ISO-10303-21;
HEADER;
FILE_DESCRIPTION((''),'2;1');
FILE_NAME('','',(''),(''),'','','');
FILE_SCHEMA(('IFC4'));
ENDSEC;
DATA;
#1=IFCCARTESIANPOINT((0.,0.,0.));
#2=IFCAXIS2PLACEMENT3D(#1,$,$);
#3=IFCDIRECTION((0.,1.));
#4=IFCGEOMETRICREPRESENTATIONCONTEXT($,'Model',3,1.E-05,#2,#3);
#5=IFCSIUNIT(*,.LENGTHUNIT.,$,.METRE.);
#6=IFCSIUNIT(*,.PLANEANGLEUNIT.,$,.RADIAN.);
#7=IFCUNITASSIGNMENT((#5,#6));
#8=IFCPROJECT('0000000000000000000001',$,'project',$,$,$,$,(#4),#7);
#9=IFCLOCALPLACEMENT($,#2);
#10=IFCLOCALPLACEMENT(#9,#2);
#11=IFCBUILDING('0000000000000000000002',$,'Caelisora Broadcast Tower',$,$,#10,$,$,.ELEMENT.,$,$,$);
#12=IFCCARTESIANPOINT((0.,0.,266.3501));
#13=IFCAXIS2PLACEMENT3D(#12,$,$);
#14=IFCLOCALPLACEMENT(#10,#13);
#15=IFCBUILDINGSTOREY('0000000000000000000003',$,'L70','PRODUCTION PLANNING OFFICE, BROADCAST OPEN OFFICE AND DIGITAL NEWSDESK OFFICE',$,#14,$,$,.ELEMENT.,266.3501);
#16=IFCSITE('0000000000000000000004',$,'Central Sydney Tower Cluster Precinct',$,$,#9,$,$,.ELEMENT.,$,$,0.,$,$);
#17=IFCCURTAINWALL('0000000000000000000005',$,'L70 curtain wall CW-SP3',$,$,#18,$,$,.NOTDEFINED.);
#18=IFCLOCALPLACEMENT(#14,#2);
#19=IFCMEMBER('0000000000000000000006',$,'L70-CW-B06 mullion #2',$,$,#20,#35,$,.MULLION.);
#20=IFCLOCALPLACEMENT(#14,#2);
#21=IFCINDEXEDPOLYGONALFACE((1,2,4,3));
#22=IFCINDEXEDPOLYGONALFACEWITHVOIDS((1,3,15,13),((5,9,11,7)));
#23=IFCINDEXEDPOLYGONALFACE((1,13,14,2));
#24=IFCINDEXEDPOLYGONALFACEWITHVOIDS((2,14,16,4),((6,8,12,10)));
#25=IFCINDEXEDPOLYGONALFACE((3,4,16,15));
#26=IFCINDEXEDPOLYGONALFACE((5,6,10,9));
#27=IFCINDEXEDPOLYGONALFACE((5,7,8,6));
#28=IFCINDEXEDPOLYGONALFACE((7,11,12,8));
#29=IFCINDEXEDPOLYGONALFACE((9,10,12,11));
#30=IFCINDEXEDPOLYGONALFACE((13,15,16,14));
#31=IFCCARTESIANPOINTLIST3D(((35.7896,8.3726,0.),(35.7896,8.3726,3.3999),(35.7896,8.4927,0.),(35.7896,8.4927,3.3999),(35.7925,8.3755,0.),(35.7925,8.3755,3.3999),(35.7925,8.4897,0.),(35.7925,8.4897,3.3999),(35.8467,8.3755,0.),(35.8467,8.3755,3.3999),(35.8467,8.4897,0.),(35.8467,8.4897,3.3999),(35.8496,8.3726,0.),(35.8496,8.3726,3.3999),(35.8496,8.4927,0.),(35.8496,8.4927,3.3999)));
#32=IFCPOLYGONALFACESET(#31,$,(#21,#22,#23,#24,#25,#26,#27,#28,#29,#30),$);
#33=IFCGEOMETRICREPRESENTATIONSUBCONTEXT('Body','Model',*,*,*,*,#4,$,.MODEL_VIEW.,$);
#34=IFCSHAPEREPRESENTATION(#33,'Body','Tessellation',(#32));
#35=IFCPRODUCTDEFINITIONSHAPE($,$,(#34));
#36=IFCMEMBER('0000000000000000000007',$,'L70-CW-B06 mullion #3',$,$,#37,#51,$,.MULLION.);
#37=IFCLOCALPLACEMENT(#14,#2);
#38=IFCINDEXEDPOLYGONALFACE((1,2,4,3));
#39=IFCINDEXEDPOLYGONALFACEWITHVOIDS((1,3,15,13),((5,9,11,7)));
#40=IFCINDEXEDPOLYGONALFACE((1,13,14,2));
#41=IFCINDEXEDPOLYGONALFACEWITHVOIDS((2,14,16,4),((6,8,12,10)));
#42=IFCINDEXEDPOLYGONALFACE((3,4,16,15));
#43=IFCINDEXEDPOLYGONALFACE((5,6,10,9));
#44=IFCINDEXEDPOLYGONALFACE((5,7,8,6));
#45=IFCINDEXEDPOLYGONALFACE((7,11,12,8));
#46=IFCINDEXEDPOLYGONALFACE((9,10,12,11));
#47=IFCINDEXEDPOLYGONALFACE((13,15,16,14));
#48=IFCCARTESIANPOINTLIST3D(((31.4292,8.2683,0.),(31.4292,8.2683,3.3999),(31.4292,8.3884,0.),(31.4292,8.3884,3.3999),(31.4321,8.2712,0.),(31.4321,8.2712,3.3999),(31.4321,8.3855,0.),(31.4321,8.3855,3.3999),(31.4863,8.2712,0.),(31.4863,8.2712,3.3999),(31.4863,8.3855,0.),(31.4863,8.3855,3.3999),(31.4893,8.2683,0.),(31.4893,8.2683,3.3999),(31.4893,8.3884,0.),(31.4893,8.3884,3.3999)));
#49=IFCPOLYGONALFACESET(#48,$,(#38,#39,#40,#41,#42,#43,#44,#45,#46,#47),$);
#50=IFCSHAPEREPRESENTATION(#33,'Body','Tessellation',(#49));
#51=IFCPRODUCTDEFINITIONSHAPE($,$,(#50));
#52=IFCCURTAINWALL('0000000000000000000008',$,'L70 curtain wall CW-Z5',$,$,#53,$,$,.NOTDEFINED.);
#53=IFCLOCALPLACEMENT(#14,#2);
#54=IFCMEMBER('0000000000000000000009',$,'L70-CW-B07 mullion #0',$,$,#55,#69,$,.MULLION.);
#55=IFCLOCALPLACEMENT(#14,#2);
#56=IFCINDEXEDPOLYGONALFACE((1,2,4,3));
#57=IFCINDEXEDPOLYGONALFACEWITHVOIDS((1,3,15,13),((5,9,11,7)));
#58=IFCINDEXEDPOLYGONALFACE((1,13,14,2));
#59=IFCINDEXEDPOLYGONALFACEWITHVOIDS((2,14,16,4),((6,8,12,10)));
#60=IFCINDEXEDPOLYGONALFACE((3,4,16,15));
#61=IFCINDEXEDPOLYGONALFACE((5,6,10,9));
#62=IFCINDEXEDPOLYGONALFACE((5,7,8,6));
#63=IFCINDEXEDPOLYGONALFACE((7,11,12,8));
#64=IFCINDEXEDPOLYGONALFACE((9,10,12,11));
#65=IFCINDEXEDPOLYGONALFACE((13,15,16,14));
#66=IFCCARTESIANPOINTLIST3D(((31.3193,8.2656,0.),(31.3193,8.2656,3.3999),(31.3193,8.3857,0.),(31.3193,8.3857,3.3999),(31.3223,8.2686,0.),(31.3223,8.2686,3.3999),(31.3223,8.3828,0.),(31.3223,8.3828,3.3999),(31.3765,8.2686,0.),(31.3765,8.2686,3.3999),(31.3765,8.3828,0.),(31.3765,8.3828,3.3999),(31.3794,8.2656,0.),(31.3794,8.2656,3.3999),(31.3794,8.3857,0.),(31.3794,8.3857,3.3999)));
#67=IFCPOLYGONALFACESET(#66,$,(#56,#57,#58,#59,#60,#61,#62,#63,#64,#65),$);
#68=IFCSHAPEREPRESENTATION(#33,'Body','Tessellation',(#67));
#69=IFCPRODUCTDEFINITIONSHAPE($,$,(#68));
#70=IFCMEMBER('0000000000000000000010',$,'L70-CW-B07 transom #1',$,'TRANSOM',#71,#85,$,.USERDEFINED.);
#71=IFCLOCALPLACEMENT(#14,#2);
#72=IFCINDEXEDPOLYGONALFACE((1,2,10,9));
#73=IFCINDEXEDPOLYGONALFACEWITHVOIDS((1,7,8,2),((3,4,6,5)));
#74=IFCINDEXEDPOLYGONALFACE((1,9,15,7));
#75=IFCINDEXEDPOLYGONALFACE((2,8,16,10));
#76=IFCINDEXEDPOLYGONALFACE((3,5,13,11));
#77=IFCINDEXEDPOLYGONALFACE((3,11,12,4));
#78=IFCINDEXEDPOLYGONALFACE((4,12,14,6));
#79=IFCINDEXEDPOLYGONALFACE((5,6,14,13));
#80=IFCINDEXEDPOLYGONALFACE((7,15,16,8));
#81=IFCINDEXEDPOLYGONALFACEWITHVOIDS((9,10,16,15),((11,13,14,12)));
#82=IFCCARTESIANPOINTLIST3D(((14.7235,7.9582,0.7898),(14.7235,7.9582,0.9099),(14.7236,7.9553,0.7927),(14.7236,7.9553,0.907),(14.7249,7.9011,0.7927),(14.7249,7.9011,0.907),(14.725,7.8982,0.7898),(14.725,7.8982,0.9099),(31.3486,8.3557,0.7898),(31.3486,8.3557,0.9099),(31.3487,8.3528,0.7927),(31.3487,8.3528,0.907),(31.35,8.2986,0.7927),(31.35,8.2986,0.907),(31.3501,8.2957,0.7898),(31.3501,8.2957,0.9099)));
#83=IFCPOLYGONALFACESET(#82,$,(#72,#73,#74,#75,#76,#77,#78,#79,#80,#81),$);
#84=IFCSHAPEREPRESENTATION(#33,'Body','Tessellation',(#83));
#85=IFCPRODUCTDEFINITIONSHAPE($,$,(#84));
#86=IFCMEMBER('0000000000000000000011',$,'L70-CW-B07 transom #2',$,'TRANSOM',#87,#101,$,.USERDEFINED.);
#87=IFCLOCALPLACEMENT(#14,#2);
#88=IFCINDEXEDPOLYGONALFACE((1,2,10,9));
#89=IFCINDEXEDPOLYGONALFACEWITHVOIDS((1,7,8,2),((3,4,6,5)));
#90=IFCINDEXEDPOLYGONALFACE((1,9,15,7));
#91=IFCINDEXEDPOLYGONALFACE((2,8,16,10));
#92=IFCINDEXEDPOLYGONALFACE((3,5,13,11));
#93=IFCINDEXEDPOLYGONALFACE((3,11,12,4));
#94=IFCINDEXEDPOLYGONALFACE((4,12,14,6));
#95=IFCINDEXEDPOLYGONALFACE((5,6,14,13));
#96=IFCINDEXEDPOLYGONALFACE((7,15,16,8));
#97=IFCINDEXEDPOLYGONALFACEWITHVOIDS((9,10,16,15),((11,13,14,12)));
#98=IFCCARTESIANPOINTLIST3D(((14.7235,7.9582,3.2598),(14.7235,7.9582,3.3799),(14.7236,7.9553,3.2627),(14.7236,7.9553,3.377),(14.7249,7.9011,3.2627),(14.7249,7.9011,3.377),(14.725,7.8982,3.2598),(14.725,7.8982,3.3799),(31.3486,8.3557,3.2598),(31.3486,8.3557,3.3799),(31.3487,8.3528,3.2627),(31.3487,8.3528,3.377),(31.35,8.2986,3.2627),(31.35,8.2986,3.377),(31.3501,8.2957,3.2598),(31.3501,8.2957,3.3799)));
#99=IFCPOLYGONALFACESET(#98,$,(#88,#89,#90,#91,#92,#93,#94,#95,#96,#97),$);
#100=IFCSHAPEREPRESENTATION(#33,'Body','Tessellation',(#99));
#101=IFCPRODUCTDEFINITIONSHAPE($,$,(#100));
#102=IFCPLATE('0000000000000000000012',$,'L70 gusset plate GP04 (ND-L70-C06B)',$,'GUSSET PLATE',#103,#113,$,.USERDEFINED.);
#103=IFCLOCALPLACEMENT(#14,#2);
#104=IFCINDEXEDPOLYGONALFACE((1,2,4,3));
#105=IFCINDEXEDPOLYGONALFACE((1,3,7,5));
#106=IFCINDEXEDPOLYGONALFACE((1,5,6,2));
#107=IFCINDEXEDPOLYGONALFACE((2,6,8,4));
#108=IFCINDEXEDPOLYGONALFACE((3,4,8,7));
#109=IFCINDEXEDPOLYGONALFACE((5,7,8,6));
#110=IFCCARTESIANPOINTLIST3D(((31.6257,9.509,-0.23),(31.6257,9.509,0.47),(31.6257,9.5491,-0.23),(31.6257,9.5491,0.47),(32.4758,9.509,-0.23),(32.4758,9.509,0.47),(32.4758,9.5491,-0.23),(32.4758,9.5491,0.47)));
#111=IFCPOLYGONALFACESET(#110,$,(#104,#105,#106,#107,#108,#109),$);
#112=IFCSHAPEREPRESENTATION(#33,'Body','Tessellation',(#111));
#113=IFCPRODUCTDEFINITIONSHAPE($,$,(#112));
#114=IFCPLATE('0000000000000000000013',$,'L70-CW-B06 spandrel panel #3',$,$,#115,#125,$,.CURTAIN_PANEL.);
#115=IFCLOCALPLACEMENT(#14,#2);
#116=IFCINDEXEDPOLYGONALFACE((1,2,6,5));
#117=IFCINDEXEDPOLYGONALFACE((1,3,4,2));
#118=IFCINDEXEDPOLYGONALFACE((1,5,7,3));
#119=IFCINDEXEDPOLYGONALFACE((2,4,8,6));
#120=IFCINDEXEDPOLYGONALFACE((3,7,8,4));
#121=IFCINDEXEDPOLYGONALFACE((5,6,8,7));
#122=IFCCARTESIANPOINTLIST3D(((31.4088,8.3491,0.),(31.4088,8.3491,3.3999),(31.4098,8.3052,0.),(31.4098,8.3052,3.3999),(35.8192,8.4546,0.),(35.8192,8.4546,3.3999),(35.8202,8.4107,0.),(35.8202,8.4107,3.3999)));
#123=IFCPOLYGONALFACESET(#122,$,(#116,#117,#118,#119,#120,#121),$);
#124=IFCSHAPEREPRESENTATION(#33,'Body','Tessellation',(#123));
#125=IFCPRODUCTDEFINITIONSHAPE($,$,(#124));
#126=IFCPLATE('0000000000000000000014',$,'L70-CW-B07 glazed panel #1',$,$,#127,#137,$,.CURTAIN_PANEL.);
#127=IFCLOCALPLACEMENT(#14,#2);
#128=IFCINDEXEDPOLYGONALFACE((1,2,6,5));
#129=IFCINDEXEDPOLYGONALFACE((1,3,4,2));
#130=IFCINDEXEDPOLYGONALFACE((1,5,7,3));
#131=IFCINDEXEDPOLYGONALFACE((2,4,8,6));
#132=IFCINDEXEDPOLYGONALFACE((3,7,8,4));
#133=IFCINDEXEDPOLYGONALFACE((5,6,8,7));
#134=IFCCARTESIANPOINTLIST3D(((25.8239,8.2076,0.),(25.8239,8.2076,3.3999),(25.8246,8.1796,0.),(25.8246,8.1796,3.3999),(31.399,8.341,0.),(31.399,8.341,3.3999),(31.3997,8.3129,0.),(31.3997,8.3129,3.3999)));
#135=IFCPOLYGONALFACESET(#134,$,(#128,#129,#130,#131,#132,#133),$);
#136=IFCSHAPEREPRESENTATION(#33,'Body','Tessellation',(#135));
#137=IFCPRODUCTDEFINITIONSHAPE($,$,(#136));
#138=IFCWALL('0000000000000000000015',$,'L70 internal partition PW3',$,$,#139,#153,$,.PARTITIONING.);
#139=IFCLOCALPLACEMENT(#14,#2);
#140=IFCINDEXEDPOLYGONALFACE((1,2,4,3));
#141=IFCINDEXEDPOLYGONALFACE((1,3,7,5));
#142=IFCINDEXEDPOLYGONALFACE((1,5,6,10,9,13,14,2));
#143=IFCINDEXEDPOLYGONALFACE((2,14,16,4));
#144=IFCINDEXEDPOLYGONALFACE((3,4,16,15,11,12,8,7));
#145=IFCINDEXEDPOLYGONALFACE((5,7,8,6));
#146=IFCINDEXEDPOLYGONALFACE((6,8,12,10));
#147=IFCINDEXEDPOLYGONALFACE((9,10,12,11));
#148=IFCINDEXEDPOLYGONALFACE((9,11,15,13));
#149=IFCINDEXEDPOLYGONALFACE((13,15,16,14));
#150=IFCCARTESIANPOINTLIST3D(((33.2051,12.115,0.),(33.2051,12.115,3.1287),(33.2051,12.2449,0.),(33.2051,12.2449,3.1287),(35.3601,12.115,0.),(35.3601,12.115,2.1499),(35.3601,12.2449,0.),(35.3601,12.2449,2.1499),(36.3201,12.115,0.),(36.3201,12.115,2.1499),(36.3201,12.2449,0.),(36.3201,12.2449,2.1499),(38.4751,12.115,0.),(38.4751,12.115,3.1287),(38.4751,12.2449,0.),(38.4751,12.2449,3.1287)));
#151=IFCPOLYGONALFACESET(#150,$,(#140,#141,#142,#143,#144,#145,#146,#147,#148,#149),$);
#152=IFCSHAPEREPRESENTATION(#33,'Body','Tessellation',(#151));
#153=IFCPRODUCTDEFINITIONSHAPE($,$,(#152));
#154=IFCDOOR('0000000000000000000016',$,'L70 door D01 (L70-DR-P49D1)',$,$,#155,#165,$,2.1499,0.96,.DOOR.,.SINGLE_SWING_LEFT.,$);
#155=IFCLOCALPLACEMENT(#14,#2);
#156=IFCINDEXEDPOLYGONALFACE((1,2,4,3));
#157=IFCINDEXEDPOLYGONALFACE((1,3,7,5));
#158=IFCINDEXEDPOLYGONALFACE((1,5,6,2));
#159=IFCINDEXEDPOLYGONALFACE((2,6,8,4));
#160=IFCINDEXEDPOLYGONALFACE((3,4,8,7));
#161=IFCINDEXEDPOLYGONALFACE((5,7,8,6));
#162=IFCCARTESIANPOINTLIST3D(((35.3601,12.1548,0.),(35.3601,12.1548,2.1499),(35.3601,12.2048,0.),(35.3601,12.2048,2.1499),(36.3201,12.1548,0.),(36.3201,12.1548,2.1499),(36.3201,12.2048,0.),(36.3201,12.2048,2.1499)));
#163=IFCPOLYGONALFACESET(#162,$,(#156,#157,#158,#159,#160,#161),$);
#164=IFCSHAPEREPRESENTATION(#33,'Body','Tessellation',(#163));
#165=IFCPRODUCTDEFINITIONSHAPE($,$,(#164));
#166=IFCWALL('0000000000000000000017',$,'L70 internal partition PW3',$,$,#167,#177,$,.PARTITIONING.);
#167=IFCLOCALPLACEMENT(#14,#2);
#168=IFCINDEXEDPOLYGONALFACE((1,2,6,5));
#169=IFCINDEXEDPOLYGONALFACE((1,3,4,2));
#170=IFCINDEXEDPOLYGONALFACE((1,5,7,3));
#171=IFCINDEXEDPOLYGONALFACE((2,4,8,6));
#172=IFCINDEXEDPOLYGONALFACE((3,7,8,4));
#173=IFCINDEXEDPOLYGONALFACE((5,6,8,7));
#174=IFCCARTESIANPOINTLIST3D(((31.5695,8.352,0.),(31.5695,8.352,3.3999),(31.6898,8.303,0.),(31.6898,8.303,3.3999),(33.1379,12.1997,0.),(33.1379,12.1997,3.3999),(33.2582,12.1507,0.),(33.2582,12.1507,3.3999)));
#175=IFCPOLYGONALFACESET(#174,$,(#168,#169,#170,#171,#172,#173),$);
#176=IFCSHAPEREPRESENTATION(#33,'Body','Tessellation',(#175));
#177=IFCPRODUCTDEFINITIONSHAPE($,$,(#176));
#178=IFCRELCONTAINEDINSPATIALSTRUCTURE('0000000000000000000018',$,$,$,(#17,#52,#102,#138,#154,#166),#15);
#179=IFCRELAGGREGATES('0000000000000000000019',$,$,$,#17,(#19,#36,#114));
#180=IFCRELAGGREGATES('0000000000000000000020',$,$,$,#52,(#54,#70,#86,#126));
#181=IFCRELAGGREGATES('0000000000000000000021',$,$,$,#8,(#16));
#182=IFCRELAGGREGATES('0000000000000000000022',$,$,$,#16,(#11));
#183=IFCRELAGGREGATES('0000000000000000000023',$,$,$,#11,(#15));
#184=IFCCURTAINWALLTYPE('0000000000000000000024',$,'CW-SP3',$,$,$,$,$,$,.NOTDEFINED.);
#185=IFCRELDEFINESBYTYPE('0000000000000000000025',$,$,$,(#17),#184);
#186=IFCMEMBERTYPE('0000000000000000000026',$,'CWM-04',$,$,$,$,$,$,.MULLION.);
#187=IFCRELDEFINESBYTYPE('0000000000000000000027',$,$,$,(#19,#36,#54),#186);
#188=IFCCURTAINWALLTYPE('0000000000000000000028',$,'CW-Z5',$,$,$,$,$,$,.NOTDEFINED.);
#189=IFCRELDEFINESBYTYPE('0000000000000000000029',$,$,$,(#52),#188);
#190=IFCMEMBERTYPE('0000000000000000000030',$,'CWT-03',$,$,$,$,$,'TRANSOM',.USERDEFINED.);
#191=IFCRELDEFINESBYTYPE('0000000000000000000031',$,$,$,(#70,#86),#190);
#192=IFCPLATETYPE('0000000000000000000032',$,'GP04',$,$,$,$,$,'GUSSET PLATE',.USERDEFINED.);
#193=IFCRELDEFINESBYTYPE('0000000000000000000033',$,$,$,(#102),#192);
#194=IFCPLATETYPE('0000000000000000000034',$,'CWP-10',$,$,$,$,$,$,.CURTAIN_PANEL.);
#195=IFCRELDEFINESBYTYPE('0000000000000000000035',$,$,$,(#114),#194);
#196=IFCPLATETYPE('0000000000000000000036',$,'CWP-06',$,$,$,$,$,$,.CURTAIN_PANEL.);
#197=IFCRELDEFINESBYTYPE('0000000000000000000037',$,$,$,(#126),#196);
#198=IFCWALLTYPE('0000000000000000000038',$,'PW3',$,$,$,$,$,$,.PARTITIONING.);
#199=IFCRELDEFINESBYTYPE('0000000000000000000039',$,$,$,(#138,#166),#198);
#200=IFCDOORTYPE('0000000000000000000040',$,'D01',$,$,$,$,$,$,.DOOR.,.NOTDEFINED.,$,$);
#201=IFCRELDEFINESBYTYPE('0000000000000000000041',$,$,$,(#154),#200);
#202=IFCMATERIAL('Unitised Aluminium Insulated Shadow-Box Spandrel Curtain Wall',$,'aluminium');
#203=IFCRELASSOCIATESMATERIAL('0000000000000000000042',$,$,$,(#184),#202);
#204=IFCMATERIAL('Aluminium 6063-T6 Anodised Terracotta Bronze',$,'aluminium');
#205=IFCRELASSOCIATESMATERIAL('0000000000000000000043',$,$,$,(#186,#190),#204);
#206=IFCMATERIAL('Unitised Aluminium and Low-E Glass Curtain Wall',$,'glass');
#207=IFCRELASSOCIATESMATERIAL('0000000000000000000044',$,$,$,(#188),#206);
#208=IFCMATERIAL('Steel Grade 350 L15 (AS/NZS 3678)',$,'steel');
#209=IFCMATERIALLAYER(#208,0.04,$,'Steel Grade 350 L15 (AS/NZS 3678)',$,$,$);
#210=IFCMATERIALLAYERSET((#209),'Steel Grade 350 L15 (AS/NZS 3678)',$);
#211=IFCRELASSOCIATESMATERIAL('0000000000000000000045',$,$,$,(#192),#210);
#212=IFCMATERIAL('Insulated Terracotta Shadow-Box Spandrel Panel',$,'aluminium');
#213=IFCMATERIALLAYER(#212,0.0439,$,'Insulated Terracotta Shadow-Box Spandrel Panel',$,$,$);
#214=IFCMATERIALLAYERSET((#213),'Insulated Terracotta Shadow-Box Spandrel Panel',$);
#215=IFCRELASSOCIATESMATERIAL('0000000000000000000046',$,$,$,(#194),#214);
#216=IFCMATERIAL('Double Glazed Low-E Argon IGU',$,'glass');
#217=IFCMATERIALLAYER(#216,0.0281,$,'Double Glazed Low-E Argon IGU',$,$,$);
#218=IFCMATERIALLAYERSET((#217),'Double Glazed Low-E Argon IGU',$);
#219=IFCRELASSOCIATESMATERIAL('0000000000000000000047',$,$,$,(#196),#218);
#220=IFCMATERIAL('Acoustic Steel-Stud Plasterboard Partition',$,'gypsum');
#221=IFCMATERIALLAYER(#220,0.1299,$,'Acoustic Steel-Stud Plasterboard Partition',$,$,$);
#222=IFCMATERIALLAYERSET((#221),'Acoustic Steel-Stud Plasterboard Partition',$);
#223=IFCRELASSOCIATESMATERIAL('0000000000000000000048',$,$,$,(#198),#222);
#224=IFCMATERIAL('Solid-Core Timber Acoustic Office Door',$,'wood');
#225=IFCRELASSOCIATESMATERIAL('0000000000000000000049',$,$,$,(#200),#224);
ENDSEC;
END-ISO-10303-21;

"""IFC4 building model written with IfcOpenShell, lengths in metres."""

from ifc_helpers import new_model, si_unit, direction, frame, frame_2d, origin, origin_2d, place, context, subcontext, project, spatial, rectangle, hollow_rectangle, extrude, source, transform, mapped, material, layer, layer_set, material_profile, profile_set, type_object, type_shapes, element, fill, aggregate, save


model = new_model("IFC4")

# Units and contexts
model_context = context("Model", 3, precision=1e-05, world=origin(), true_north=direction((0.0, 1.0)))
body_context = subcontext(model_context, "Body", "Model", "MODEL_VIEW")
ifc_project = project(units=[si_unit("LENGTHUNIT", "METRE"), si_unit("PLANEANGLEUNIT", "RADIAN")], contexts=[model_context])

# Site, building, storey
site_placement = place(None, origin())
site = spatial("IfcSite", under=ifc_project, at=site_placement, Name="Central Sydney Tower Cluster Precinct", CompositionType="ELEMENT", RefElevation=0.0)
building_placement = place(site_placement, origin())
building = spatial("IfcBuilding", under=site, at=building_placement, Name="Caelisora Broadcast Tower", CompositionType="ELEMENT")
storey_placement = place(building_placement, frame((0.0, 0.0, 266.3501)))
storey = spatial("IfcBuildingStorey", under=building, at=storey_placement, Name="L70", Description="PRODUCTION PLANNING OFFICE, BROADCAST OPEN OFFICE AND DIGITAL NEWSDESK OFFICE", CompositionType="ELEMENT", Elevation=266.3501)

# Shared definitions
ifc_material_1 = material(Name="Steel Grade 350 L15 (AS/NZS 3678)", Category="steel")

# Curtain walls, members
ifc_material_2 = material(Name="Unitised Aluminium Insulated Shadow-Box Spandrel Curtain Wall", Category="aluminium")
curtain_wall_type_1 = type_object("IfcCurtainWallType", Name="CW-SP3", PredefinedType="NOTDEFINED", material=ifc_material_2)
curtain_wall_1_placement = place(storey_placement, origin())
curtain_wall_1 = element("IfcCurtainWall", 1, at=curtain_wall_1_placement, inside=storey, type_object=curtain_wall_type_1, Name="L70 curtain wall CW-SP3", PredefinedType="NOTDEFINED")
ifc_material_3 = material(Name="Aluminium 6063-T6 Anodised Terracotta Bronze", Category="aluminium")
ifc_material_profile_1 = material_profile(ifc_material_3, hollow_rectangle(XDim=0.0601, YDim=0.1201, WallThickness=0.0029, at=origin_2d()), Name="Aluminium 6063-T6 Anodised Terracotta Bronze")
ifc_profile_set_1 = profile_set([ifc_material_profile_1], Name="Aluminium 6063-T6 Anodised Terracotta Bronze")
member_type_1 = type_object("IfcMemberType", Name="CWM-04", PredefinedType="MULLION", material=ifc_profile_set_1)
shared_shape_1 = source(origin(), body_context, "Body", "SweptSolid", [
    extrude(hollow_rectangle(XDim=0.0601, YDim=0.1201, WallThickness=0.0029, at=origin_2d()), origin(), (0.0, 0.0, 1.0), 3.3999),
])
type_shapes(member_type_1, [shared_shape_1])
member_1_placement = place(storey_placement, frame((35.8196, 8.4326, 0.0), z_axis=(0.0, 0.0, 1.0), x_axis=(1.0, 0.0, 0.0)))
member_1 = element("IfcMember", 2, at=member_1_placement, type_object=member_type_1, Name="L70-CW-B06 mullion #2", PredefinedType="MULLION", context=body_context, shape_type="MappedRepresentation", body=[
    mapped(shared_shape_1, transform((0.0, 0.0, 0.0), scale=1.0)),
])
member_2_placement = place(storey_placement, frame((31.4592, 8.3284, 0.0), z_axis=(0.0, 0.0, 1.0), x_axis=(1.0, 0.0, 0.0)))
member_2 = element("IfcMember", 3, at=member_2_placement, type_object=member_type_1, Name="L70-CW-B06 mullion #3", PredefinedType="MULLION", context=body_context, shape_type="MappedRepresentation", body=[
    mapped(shared_shape_1, transform((0.0, 0.0, 0.0), scale=1.0)),
])
ifc_material_4 = material(Name="Unitised Aluminium and Low-E Glass Curtain Wall", Category="glass")
curtain_wall_type_2 = type_object("IfcCurtainWallType", Name="CW-Z5", PredefinedType="NOTDEFINED", material=ifc_material_4)
curtain_wall_2_placement = place(storey_placement, origin())
curtain_wall_2 = element("IfcCurtainWall", 4, at=curtain_wall_2_placement, inside=storey, type_object=curtain_wall_type_2, Name="L70 curtain wall CW-Z5", PredefinedType="NOTDEFINED")
member_3_placement = place(storey_placement, frame((31.3494, 8.3257, 0.0), z_axis=(0.0, 0.0, 1.0), x_axis=(1.0, 0.0, 0.0)))
member_3 = element("IfcMember", 5, at=member_3_placement, type_object=member_type_1, Name="L70-CW-B07 mullion #0", PredefinedType="MULLION", context=body_context, shape_type="MappedRepresentation", body=[
    mapped(shared_shape_1, transform((0.0, 0.0, 0.0), scale=1.0)),
])
ifc_material_profile_2 = material_profile(ifc_material_3, hollow_rectangle(XDim=0.0601, YDim=0.1201, WallThickness=0.0029, at=origin_2d()), Name="Aluminium 6063-T6 Anodised Terracotta Bronze")
ifc_profile_set_2 = profile_set([ifc_material_profile_2], Name="Aluminium 6063-T6 Anodised Terracotta Bronze")
member_type_2 = type_object("IfcMemberType", Name="CWT-03", ElementType="TRANSOM", PredefinedType="USERDEFINED", material=ifc_profile_set_2)
shared_shape_2 = source(origin(), body_context, "Body", "SweptSolid", [
    extrude(hollow_rectangle(XDim=0.0601, YDim=0.1201, WallThickness=0.0029, at=origin_2d()), origin(), (0.0, 0.0, 1.0), 16.6299),
])
type_shapes(member_type_2, [shared_shape_2])
member_4_placement = place(storey_placement, frame((31.3494, 8.3257, 0.8499), z_axis=(-0.999714, -0.0239, 0.0), x_axis=(0.0239, -0.999714, 0.0)))
member_4 = element("IfcMember", 6, at=member_4_placement, type_object=member_type_2, Name="L70-CW-B07 transom #1", ObjectType="TRANSOM", PredefinedType="USERDEFINED", context=body_context, shape_type="MappedRepresentation", body=[
    mapped(shared_shape_2, transform((0.0, 0.0, 0.0), scale=1.0)),
])
member_5_placement = place(storey_placement, frame((31.3494, 8.3257, 3.3198), z_axis=(-0.999714, -0.0239, 0.0), x_axis=(0.0239, -0.999714, 0.0)))
member_5 = element("IfcMember", 7, at=member_5_placement, type_object=member_type_2, Name="L70-CW-B07 transom #2", ObjectType="TRANSOM", PredefinedType="USERDEFINED", context=body_context, shape_type="MappedRepresentation", body=[
    mapped(shared_shape_2, transform((0.0, 0.0, 0.0), scale=1.0)),
])

# Plates
ifc_layer_1 = layer(ifc_material_1, 0.04, Name="Steel Grade 350 L15 (AS/NZS 3678)")
ifc_layer_set_1 = layer_set([ifc_layer_1], Name="Steel Grade 350 L15 (AS/NZS 3678)")
plate_type_1 = type_object("IfcPlateType", Name="GP04", ElementType="GUSSET PLATE", PredefinedType="USERDEFINED", material=ifc_layer_set_1)
shared_shape_3 = source(origin(), body_context, "Body", "SweptSolid", [
    extrude(rectangle(XDim=0.8501, YDim=0.04, at=origin_2d()), origin(), (0.0, 0.0, 1.0), 0.7),
])
type_shapes(plate_type_1, [shared_shape_3])
plate_1_placement = place(storey_placement, frame((32.0508, 9.5291, -0.23), z_axis=(0.0, 0.0, 1.0), x_axis=(1.0, 0.0, 0.0)))
element("IfcPlate", 8, at=plate_1_placement, inside=storey, type_object=plate_type_1, Name="L70 gusset plate GP04 (ND-L70-C06B)", ObjectType="GUSSET PLATE", PredefinedType="USERDEFINED", context=body_context, shape_type="MappedRepresentation", body=[
    mapped(shared_shape_3, transform((0.0, 0.0, 0.0), scale=1.0)),
])
ifc_material_5 = material(Name="Insulated Terracotta Shadow-Box Spandrel Panel", Category="aluminium")
ifc_layer_2 = layer(ifc_material_5, 0.0439, Name="Insulated Terracotta Shadow-Box Spandrel Panel")
ifc_layer_set_2 = layer_set([ifc_layer_2], Name="Insulated Terracotta Shadow-Box Spandrel Panel")
plate_type_2 = type_object("IfcPlateType", Name="CWP-10", PredefinedType="CURTAIN_PANEL", material=ifc_layer_set_2)
shared_shape_4 = source(origin(), body_context, "Body", "SweptSolid", [
    extrude(rectangle(XDim=4.4116, YDim=0.0439, at=origin_2d()), origin(), (0.0, 0.0, 1.0), 3.3999),
])
type_shapes(plate_type_2, [shared_shape_4])
plate_2_placement = place(storey_placement, frame((33.6145, 8.3799, 0.0), z_axis=(0.0, 0.0, 1.0), x_axis=(-0.999714, -0.023909, 0.0)))
plate_2 = element("IfcPlate", 9, at=plate_2_placement, type_object=plate_type_2, Name="L70-CW-B06 spandrel panel #3", PredefinedType="CURTAIN_PANEL", context=body_context, shape_type="MappedRepresentation", body=[
    mapped(shared_shape_4, transform((0.0, 0.0, 0.0), scale=1.0)),
])
aggregate(curtain_wall_1, [member_1, member_2, plate_2])
ifc_material_6 = material(Name="Double Glazed Low-E Argon IGU", Category="glass")
ifc_layer_3 = layer(ifc_material_6, 0.0281, Name="Double Glazed Low-E Argon IGU")
ifc_layer_set_3 = layer_set([ifc_layer_3], Name="Double Glazed Low-E Argon IGU")
plate_type_3 = type_object("IfcPlateType", Name="CWP-06", PredefinedType="CURTAIN_PANEL", material=ifc_layer_set_3)
shared_shape_5 = source(origin(), body_context, "Body", "SweptSolid", [
    extrude(rectangle(XDim=5.5767, YDim=0.0281, at=origin_2d()), origin(), (0.0, 0.0, 1.0), 3.3999),
])
type_shapes(plate_type_3, [shared_shape_5])
plate_3_placement = place(storey_placement, frame((28.6118, 8.2603, 0.0), z_axis=(0.0, 0.0, 1.0), x_axis=(-0.999714, -0.023909, 0.0)))
plate_3 = element("IfcPlate", 10, at=plate_3_placement, type_object=plate_type_3, Name="L70-CW-B07 glazed panel #1", PredefinedType="CURTAIN_PANEL", context=body_context, shape_type="MappedRepresentation", body=[
    mapped(shared_shape_5, transform((0.0, 0.0, 0.0), scale=1.0)),
])
aggregate(curtain_wall_2, [member_3, member_4, member_5, plate_3])

# Wall, opening, door
ifc_material_7 = material(Name="Acoustic Steel-Stud Plasterboard Partition", Category="gypsum")
ifc_layer_4 = layer(ifc_material_7, 0.1299, Name="Acoustic Steel-Stud Plasterboard Partition")
ifc_layer_set_4 = layer_set([ifc_layer_4], Name="Acoustic Steel-Stud Plasterboard Partition")
wall_type = type_object("IfcWallType", Name="PW3", PredefinedType="PARTITIONING", material=ifc_layer_set_4)
wall_1_placement = place(storey_placement, frame((33.2051, 12.1799, 0.0), z_axis=(0.0, 0.0, 1.0), x_axis=(1.0, 0.0, 0.0)))
wall_1 = element("IfcWall", 11, at=wall_1_placement, inside=storey, type_object=wall_type, Name="L70 internal partition PW3", PredefinedType="PARTITIONING", context=body_context, shape_type="SweptSolid", body=[
    extrude(rectangle(XDim=5.27, YDim=0.1299, at=frame_2d((2.635, 0.0))), origin(), (0.0, 0.0, 1.0), 3.1287),
])
opening_placement = place(wall_1_placement, frame((2.155, 0.0, 0.0)))
opening = element("IfcOpeningElement", 12, at=opening_placement, cuts=wall_1, PredefinedType="OPENING", context=body_context, shape_type="SweptSolid", body=[
    extrude(rectangle(XDim=0.96, YDim=2.1499, at=frame_2d((0.48, 1.075))), frame((0.0, 0.0769, 0.0), z_axis=(0.0, -1.0, 0.0), x_axis=(1.0, 0.0, 0.0)), (0.0, 0.0, 1.0), 0.1538),
])
ifc_material_8 = material(Name="Solid-Core Timber Acoustic Office Door", Category="wood")
door_type = type_object("IfcDoorType", Name="D01", OperationType="NOTDEFINED", PredefinedType="DOOR", material=ifc_material_8)
door_placement = place(opening_placement, origin())
door = element("IfcDoor", 13, at=door_placement, inside=storey, type_object=door_type, Name="L70 door D01 (L70-DR-P49D1)", OperationType="SINGLE_SWING_LEFT", OverallHeight=2.1499, OverallWidth=0.96, PredefinedType="DOOR", context=body_context, shape_type="SweptSolid", body=[
    extrude(rectangle(XDim=0.96, YDim=2.1499, at=frame_2d((0.48, 1.075))), frame((0.0, 0.0249, 0.0), z_axis=(0.0, -1.0, 0.0), x_axis=(1.0, 0.0, 0.0)), (0.0, 0.0, 1.0), 0.05),
])
fill(opening, door)

# Wall
wall_2_placement = place(storey_placement, frame((31.6296, 8.3274, 0.0), z_axis=(0.0, 0.0, 1.0), x_axis=(0.377461, 0.926025, 0.0)))
element("IfcWall", 14, at=wall_2_placement, inside=storey, type_object=wall_type, Name="L70 internal partition PW3", PredefinedType="PARTITIONING", context=body_context, shape_type="SweptSolid", body=[
    extrude(rectangle(XDim=4.155, YDim=0.1299, at=frame_2d((2.0776, 0.0))), origin(), (0.0, 0.0, 1.0), 3.3999),
])

save(model, "model.ifc")
